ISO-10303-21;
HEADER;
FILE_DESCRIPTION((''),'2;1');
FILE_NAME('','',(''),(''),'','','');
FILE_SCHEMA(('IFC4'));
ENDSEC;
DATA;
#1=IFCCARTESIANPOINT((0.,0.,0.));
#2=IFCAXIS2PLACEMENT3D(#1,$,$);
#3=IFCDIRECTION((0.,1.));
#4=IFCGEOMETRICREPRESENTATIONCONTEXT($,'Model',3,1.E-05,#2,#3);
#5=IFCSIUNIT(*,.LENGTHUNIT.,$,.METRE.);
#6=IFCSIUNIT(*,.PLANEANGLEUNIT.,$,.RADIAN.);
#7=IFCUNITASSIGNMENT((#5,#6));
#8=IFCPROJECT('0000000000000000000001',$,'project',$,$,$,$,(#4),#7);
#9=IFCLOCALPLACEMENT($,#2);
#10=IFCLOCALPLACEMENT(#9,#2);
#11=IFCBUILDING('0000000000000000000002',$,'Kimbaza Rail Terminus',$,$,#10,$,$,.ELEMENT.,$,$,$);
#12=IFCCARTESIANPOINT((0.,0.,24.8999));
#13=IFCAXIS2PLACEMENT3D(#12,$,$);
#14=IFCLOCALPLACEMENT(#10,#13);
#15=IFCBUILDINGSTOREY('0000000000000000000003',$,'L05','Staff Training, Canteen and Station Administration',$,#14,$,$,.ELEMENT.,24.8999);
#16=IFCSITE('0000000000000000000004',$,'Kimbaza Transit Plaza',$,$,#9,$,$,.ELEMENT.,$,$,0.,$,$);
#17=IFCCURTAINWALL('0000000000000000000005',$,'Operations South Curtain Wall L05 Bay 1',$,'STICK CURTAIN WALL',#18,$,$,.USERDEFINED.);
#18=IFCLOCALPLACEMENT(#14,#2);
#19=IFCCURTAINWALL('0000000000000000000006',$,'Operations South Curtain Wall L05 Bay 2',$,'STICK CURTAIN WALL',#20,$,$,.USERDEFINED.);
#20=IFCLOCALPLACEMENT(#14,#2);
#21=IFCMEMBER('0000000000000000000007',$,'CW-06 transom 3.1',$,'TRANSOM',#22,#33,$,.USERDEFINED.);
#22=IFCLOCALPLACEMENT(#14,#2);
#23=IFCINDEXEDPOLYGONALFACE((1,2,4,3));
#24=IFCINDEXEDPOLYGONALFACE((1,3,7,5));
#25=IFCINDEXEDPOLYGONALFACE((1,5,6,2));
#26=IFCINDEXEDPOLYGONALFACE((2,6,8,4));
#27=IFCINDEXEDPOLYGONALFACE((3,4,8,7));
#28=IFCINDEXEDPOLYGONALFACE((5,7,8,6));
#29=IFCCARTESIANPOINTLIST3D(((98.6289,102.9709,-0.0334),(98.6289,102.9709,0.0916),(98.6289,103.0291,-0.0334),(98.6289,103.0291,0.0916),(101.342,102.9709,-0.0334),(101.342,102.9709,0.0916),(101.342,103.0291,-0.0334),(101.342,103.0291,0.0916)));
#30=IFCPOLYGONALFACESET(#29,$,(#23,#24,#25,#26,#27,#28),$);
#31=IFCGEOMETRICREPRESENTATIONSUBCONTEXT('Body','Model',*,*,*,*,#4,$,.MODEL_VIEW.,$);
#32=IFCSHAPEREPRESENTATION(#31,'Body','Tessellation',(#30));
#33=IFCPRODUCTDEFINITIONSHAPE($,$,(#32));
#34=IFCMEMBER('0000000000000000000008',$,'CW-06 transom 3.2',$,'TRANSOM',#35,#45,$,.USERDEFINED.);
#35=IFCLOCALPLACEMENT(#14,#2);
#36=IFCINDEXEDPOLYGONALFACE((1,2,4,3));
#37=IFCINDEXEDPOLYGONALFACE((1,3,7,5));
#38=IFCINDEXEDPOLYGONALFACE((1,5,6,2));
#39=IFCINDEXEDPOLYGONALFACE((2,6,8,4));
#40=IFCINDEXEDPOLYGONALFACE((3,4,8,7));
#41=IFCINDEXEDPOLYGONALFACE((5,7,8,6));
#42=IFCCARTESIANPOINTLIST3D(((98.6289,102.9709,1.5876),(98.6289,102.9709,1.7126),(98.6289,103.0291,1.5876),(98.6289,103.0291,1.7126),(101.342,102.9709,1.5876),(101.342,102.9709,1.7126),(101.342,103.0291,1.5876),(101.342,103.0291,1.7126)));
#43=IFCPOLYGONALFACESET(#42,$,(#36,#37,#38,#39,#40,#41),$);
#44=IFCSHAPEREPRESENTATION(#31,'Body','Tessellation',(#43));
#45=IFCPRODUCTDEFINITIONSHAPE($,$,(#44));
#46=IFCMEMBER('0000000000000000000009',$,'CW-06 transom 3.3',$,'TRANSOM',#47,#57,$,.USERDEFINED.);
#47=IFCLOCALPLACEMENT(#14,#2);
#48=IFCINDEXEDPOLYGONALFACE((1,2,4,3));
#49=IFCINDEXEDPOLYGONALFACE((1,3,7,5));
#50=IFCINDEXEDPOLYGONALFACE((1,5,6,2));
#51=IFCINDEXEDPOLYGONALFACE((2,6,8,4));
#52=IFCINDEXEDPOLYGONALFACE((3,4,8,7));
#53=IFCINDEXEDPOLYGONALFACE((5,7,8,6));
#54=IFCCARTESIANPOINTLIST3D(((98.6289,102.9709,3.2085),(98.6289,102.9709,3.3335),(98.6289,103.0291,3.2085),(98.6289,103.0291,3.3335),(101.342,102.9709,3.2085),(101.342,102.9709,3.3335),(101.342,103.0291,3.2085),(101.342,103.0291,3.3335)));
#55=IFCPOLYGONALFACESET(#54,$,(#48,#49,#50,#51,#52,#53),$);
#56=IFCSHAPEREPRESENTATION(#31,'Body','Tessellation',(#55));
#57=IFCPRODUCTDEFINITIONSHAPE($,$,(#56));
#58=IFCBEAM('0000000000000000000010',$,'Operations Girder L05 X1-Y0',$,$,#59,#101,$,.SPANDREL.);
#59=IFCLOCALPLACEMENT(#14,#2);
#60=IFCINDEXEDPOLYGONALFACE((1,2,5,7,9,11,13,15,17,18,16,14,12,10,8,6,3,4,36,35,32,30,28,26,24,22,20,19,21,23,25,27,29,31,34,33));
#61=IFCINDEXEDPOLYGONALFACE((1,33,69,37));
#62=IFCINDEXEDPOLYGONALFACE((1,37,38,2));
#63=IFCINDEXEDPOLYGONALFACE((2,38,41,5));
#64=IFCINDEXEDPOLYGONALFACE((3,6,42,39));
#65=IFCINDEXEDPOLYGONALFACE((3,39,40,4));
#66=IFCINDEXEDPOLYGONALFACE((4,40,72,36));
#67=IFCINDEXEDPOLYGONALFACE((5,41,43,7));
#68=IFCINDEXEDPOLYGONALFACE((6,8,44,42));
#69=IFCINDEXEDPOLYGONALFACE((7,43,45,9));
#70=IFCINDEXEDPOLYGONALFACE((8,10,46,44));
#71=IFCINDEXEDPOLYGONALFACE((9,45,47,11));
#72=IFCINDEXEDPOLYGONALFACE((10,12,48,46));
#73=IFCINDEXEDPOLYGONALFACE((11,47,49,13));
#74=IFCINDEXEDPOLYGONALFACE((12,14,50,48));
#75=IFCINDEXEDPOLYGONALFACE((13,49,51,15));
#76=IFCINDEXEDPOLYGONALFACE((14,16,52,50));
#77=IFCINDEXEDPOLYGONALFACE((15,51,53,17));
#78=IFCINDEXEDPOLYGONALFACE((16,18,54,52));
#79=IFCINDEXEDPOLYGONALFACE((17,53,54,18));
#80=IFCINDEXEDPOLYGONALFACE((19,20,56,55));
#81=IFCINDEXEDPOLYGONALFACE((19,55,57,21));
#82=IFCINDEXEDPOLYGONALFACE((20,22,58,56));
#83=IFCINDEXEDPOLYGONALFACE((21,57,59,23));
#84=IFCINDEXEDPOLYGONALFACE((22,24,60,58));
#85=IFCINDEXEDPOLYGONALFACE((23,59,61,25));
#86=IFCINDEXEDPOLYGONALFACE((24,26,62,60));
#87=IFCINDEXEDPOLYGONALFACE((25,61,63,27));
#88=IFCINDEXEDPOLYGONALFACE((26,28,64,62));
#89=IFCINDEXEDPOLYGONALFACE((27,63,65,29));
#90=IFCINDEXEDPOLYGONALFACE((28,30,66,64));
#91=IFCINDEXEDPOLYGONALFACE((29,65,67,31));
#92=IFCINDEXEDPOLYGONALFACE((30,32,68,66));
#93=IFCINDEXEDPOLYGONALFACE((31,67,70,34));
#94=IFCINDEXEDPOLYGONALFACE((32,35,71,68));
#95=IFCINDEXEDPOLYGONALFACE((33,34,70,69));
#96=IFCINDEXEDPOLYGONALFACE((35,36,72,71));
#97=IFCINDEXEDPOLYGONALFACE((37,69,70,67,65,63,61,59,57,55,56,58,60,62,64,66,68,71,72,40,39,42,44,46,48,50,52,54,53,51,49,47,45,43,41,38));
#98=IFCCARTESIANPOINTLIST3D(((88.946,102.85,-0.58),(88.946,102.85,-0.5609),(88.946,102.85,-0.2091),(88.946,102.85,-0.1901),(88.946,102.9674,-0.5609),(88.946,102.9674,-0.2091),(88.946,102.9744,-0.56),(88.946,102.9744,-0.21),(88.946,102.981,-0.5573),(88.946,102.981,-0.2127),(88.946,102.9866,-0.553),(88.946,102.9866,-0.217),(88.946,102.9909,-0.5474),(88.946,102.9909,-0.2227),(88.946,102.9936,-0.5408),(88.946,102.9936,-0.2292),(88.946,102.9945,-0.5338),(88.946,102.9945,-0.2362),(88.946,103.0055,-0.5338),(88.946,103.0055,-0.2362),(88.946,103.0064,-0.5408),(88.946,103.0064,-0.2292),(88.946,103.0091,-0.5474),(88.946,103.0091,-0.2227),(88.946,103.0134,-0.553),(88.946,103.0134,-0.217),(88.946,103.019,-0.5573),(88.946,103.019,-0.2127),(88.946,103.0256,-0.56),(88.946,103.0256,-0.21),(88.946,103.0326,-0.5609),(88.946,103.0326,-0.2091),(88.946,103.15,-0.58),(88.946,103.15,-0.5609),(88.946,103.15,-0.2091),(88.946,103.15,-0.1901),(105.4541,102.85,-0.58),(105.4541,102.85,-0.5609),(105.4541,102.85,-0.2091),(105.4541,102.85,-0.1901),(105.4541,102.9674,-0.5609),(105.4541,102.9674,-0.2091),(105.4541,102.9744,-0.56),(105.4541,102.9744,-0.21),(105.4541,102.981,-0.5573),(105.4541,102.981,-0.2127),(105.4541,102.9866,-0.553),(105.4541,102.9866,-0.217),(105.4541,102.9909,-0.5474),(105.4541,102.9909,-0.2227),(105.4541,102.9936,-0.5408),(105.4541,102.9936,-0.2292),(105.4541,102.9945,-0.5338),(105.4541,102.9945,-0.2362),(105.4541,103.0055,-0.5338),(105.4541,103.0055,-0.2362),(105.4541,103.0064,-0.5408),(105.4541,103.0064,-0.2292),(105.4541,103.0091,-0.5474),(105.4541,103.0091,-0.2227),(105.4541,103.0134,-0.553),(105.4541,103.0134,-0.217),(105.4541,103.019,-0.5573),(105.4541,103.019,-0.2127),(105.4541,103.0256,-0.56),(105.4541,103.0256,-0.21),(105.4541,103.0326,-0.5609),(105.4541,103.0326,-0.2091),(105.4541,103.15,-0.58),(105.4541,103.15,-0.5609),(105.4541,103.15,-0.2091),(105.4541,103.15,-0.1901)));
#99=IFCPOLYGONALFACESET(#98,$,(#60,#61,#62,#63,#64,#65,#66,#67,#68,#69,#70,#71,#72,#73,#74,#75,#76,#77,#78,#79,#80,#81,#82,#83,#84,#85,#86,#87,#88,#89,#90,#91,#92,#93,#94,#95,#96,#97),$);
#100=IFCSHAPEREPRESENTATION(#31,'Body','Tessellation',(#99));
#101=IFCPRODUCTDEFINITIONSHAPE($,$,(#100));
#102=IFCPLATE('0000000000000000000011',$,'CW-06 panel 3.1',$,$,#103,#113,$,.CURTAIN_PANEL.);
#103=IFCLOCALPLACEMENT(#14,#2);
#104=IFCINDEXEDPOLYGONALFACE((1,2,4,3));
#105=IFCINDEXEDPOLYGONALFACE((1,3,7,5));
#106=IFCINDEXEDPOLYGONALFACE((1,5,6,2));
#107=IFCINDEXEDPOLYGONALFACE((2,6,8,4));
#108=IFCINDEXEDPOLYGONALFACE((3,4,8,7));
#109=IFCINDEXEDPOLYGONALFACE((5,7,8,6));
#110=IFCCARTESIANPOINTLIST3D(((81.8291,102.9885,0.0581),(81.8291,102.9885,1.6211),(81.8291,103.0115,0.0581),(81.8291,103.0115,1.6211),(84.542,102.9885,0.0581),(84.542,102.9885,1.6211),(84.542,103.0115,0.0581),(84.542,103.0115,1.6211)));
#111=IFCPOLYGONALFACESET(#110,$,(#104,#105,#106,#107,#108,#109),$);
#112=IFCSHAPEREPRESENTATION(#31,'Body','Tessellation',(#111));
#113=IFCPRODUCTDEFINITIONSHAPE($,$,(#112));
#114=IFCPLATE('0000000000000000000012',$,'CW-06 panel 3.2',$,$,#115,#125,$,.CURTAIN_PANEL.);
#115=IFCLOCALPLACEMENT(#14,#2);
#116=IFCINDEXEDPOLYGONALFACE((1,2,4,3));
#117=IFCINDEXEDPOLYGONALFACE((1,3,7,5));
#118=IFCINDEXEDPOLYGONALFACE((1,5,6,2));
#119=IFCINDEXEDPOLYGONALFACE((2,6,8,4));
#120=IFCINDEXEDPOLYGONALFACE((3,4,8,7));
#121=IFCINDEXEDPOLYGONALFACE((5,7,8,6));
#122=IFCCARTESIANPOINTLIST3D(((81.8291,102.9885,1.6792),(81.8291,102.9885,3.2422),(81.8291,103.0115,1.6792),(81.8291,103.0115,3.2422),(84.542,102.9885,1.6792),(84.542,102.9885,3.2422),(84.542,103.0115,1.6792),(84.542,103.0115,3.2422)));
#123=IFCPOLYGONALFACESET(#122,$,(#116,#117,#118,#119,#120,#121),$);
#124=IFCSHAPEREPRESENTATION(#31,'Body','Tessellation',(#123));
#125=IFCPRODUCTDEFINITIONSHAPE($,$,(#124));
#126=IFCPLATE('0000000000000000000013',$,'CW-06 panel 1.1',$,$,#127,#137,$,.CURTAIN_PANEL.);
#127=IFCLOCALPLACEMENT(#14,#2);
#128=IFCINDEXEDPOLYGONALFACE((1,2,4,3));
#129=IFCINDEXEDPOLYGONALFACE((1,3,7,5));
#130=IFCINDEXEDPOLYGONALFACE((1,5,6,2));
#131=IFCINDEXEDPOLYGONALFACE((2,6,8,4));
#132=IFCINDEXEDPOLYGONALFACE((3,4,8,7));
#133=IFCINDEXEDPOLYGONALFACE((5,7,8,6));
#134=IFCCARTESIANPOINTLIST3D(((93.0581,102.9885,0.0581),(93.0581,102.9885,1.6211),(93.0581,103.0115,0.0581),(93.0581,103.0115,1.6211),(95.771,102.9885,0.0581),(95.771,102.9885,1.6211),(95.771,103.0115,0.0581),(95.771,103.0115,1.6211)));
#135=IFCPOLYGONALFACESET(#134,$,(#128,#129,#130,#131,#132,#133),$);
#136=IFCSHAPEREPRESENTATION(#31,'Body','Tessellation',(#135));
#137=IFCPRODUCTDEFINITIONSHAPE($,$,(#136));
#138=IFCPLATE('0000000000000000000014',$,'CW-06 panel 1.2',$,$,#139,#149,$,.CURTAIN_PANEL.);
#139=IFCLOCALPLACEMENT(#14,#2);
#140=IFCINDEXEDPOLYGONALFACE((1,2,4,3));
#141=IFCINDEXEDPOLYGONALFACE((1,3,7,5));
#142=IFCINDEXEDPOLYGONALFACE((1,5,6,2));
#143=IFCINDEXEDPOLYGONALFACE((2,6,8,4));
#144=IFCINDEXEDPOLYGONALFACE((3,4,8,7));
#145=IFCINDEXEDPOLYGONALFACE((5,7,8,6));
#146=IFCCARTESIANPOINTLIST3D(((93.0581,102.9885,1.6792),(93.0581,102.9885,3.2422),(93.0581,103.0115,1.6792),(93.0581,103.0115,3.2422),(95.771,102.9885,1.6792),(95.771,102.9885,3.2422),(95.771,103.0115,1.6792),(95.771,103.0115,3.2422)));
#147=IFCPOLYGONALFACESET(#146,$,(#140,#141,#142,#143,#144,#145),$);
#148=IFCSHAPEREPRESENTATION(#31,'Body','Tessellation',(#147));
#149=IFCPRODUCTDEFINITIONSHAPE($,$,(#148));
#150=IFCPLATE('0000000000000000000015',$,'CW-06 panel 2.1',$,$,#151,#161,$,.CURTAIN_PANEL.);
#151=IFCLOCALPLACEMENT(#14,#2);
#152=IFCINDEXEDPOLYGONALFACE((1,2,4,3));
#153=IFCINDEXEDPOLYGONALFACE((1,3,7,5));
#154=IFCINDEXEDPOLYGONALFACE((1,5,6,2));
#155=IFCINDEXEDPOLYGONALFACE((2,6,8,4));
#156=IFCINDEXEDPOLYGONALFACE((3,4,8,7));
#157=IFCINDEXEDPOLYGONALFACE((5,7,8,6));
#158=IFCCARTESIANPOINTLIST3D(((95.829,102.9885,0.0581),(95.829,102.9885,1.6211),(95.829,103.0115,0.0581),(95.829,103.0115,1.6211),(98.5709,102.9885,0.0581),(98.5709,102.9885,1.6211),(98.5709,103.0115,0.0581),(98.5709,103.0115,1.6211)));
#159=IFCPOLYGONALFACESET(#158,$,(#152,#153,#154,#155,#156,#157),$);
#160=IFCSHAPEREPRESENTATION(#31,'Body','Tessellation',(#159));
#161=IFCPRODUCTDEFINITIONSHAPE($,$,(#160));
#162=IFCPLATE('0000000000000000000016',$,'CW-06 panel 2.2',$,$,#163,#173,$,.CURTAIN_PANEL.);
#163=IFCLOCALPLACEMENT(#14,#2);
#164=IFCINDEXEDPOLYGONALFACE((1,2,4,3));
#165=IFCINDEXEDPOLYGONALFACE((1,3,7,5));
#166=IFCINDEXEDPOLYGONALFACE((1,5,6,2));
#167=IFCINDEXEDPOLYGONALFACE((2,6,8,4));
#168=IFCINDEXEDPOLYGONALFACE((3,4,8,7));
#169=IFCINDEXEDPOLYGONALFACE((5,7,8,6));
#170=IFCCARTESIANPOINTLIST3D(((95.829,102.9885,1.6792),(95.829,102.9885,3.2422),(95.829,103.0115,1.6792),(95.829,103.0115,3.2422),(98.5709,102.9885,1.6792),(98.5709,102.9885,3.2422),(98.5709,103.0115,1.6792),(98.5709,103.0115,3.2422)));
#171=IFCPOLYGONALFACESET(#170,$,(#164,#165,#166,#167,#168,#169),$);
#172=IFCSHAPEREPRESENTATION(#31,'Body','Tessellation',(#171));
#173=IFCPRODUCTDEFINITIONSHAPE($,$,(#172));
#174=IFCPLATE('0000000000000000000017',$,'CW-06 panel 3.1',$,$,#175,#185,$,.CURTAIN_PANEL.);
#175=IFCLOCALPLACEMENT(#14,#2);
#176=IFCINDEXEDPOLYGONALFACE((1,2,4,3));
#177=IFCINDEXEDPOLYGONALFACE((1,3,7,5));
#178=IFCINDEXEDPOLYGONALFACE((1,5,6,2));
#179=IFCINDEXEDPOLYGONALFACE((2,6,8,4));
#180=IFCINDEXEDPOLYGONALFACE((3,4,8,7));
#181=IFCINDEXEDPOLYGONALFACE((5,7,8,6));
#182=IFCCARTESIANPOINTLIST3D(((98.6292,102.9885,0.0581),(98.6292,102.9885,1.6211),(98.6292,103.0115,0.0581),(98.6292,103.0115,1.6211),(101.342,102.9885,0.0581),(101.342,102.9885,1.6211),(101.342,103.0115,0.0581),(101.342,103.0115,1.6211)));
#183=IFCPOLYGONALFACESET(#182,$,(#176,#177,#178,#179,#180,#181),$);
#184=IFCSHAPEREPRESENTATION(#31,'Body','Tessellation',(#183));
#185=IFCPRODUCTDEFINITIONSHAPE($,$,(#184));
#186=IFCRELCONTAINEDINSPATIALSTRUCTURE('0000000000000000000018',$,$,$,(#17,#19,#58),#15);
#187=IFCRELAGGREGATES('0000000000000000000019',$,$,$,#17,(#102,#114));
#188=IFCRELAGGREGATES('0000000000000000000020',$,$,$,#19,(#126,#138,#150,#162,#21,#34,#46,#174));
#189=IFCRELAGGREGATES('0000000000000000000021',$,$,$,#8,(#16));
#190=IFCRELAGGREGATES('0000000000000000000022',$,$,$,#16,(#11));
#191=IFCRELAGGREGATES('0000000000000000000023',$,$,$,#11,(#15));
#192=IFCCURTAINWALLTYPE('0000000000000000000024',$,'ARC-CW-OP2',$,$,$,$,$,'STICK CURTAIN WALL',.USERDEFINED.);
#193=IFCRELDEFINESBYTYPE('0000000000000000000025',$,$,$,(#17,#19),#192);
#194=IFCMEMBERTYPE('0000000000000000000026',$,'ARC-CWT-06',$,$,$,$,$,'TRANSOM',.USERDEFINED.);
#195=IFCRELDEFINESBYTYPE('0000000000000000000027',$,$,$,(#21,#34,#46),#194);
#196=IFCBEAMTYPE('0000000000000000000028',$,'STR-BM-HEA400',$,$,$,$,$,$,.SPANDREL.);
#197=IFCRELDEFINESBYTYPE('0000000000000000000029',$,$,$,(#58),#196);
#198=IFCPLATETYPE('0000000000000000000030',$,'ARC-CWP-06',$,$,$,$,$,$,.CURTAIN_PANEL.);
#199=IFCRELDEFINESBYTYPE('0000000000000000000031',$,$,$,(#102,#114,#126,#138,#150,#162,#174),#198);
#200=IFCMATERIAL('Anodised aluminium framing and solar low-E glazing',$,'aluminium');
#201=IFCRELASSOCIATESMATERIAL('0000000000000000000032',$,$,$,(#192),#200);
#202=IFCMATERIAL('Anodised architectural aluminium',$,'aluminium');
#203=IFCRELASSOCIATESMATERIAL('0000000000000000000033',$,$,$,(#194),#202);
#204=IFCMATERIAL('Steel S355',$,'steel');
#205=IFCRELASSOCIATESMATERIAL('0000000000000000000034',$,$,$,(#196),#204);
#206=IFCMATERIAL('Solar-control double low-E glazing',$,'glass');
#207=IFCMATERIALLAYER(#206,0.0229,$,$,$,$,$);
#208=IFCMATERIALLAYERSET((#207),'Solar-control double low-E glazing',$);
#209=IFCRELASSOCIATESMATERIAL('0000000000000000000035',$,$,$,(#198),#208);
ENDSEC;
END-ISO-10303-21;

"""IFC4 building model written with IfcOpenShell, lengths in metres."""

from ifc_helpers import new_model, si_unit, direction, frame, origin, origin_2d, place, context, subcontext, project, spatial, rectangle, i_section, extrude, material, layer, layer_set, material_profile, profile_set, type_object, element, aggregate, save


model = new_model("IFC4")

# Units and contexts
model_context = context("Model", 3, precision=1e-05, world=origin(), true_north=direction((0.0, 1.0)))
body_context = subcontext(model_context, "Body", "Model", "MODEL_VIEW")
ifc_project = project(units=[si_unit("LENGTHUNIT", "METRE"), si_unit("PLANEANGLEUNIT", "RADIAN")], contexts=[model_context])

# Site, building, storey
site_placement = place(None, origin())
site = spatial("IfcSite", under=ifc_project, at=site_placement, Name="Kimbaza Transit Plaza", CompositionType="ELEMENT", RefElevation=0.0)
building_placement = place(site_placement, origin())
building = spatial("IfcBuilding", under=site, at=building_placement, Name="Kimbaza Rail Terminus", CompositionType="ELEMENT")
storey_placement = place(building_placement, frame((0.0, 0.0, 24.8999)))
storey = spatial("IfcBuildingStorey", under=building, at=storey_placement, Name="L05", Description="Staff Training, Canteen and Station Administration", CompositionType="ELEMENT", Elevation=24.8999)

# Curtain wall
ifc_material_1 = material(Name="Anodised aluminium framing and solar low-E glazing", Category="aluminium")
curtain_wall_type = type_object("IfcCurtainWallType", Name="ARC-CW-OP2", ElementType="STICK CURTAIN WALL", PredefinedType="USERDEFINED", material=ifc_material_1)
curtain_wall_1_placement = place(storey_placement, origin())
curtain_wall_1 = element("IfcCurtainWall", 1, at=curtain_wall_1_placement, inside=storey, type_object=curtain_wall_type, Name="Operations South Curtain Wall L05 Bay 1", ObjectType="STICK CURTAIN WALL", PredefinedType="USERDEFINED")

# Curtain wall
curtain_wall_2_placement = place(storey_placement, origin())
curtain_wall_2 = element("IfcCurtainWall", 2, at=curtain_wall_2_placement, inside=storey, type_object=curtain_wall_type, Name="Operations South Curtain Wall L05 Bay 2", ObjectType="STICK CURTAIN WALL", PredefinedType="USERDEFINED")

# Members
ifc_material_2 = material(Name="Anodised architectural aluminium", Category="aluminium")
ifc_material_profile_1 = material_profile(ifc_material_2, rectangle(XDim=0.0581, YDim=0.125, at=origin_2d()), Name="TRANSOM 58x125")
ifc_profile_set_1 = profile_set([ifc_material_profile_1], Name="Anodised architectural aluminium")
member_type_1 = type_object("IfcMemberType", Name="ARC-CWT-06", ElementType="TRANSOM", PredefinedType="USERDEFINED", material=ifc_profile_set_1)
member_1_placement = place(storey_placement, frame((98.6289, 103.0, 0.0291), z_axis=(1.0, 0.0, 0.0), x_axis=(0.0, 1.0, 0.0)))
member_1 = element("IfcMember", 3, at=member_1_placement, type_object=member_type_1, Name="CW-06 transom 3.1", ObjectType="TRANSOM", PredefinedType="USERDEFINED", context=body_context, shape_type="SweptSolid", body=[
    extrude(rectangle(XDim=0.0581, YDim=0.125, at=origin_2d()), origin(), (0.0, 0.0, 1.0), 2.7131),
])
member_2_placement = place(storey_placement, frame((98.6289, 103.0, 1.6501), z_axis=(1.0, 0.0, 0.0), x_axis=(0.0, 1.0, 0.0)))
member_2 = element("IfcMember", 4, at=member_2_placement, type_object=member_type_1, Name="CW-06 transom 3.2", ObjectType="TRANSOM", PredefinedType="USERDEFINED", context=body_context, shape_type="SweptSolid", body=[
    extrude(rectangle(XDim=0.0581, YDim=0.125, at=origin_2d()), origin(), (0.0, 0.0, 1.0), 2.7131),
])
member_3_placement = place(storey_placement, frame((98.6289, 103.0, 3.271), z_axis=(1.0, 0.0, 0.0), x_axis=(0.0, 1.0, 0.0)))
member_3 = element("IfcMember", 5, at=member_3_placement, type_object=member_type_1, Name="CW-06 transom 3.3", ObjectType="TRANSOM", PredefinedType="USERDEFINED", context=body_context, shape_type="SweptSolid", body=[
    extrude(rectangle(XDim=0.0581, YDim=0.125, at=origin_2d()), origin(), (0.0, 0.0, 1.0), 2.7131),
])

# Beam
ifc_material_3 = material(Name="Steel S355", Category="steel")
ifc_material_profile_2 = material_profile(ifc_material_3, i_section(OverallWidth=0.3, OverallDepth=0.3899, WebThickness=0.011, FlangeThickness=0.019, FilletRadius=0.0271, at=origin_2d()), Name="HEA 400")
ifc_profile_set_2 = profile_set([ifc_material_profile_2], Name="Steel S355")
beam_type = type_object("IfcBeamType", Name="STR-BM-HEA400", PredefinedType="SPANDREL", material=ifc_profile_set_2)
beam_placement = place(storey_placement, frame((88.946, 103.0, -0.385), z_axis=(1.0, 0.0, 0.0), x_axis=(0.0, 1.0, 0.0)))
element("IfcBeam", 6, at=beam_placement, inside=storey, type_object=beam_type, Name="Operations Girder L05 X1-Y0", PredefinedType="SPANDREL", context=body_context, shape_type="SweptSolid", body=[
    extrude(i_section(OverallWidth=0.3, OverallDepth=0.3899, WebThickness=0.011, FlangeThickness=0.019, FilletRadius=0.0271, at=origin_2d()), origin(), (0.0, 0.0, 1.0), 16.5081),
])

# Plates
ifc_material_4 = material(Name="Solar-control double low-E glazing", Category="glass")
ifc_layer_1 = layer(ifc_material_4, 0.0229)
ifc_layer_set_1 = layer_set([ifc_layer_1], Name="Solar-control double low-E glazing")
plate_type = type_object("IfcPlateType", Name="ARC-CWP-06", PredefinedType="CURTAIN_PANEL", material=ifc_layer_set_1)
plate_1_placement = place(storey_placement, frame((83.1855, 103.0, 0.0581), z_axis=(0.0, 0.0, 1.0), x_axis=(1.0, 0.0, 0.0)))
plate_1 = element("IfcPlate", 7, at=plate_1_placement, type_object=plate_type, Name="CW-06 panel 3.1", PredefinedType="CURTAIN_PANEL", context=body_context, shape_type="SweptSolid", body=[
    extrude(rectangle(XDim=2.7129, YDim=0.0229, at=origin_2d()), origin(), (0.0, 0.0, 1.0), 1.563),
])
plate_2_placement = place(storey_placement, frame((83.1855, 103.0, 1.6792), z_axis=(0.0, 0.0, 1.0), x_axis=(1.0, 0.0, 0.0)))
plate_2 = element("IfcPlate", 8, at=plate_2_placement, type_object=plate_type, Name="CW-06 panel 3.2", PredefinedType="CURTAIN_PANEL", context=body_context, shape_type="SweptSolid", body=[
    extrude(rectangle(XDim=2.7129, YDim=0.0229, at=origin_2d()), origin(), (0.0, 0.0, 1.0), 1.563),
])
aggregate(curtain_wall_1, [plate_1, plate_2])
plate_3_placement = place(storey_placement, frame((94.4146, 103.0, 0.0581), z_axis=(0.0, 0.0, 1.0), x_axis=(1.0, 0.0, 0.0)))
plate_3 = element("IfcPlate", 9, at=plate_3_placement, type_object=plate_type, Name="CW-06 panel 1.1", PredefinedType="CURTAIN_PANEL", context=body_context, shape_type="SweptSolid", body=[
    extrude(rectangle(XDim=2.7129, YDim=0.0229, at=origin_2d()), origin(), (0.0, 0.0, 1.0), 1.563),
])
plate_4_placement = place(storey_placement, frame((94.4146, 103.0, 1.6792), z_axis=(0.0, 0.0, 1.0), x_axis=(1.0, 0.0, 0.0)))
plate_4 = element("IfcPlate", 10, at=plate_4_placement, type_object=plate_type, Name="CW-06 panel 1.2", PredefinedType="CURTAIN_PANEL", context=body_context, shape_type="SweptSolid", body=[
    extrude(rectangle(XDim=2.7129, YDim=0.0229, at=origin_2d()), origin(), (0.0, 0.0, 1.0), 1.563),
])
plate_5_placement = place(storey_placement, frame((97.2, 103.0, 0.0581), z_axis=(0.0, 0.0, 1.0), x_axis=(1.0, 0.0, 0.0)))
plate_5 = element("IfcPlate", 11, at=plate_5_placement, type_object=plate_type, Name="CW-06 panel 2.1", PredefinedType="CURTAIN_PANEL", context=body_context, shape_type="SweptSolid", body=[
    extrude(rectangle(XDim=2.7419, YDim=0.0229, at=origin_2d()), origin(), (0.0, 0.0, 1.0), 1.563),
])
plate_6_placement = place(storey_placement, frame((97.2, 103.0, 1.6792), z_axis=(0.0, 0.0, 1.0), x_axis=(1.0, 0.0, 0.0)))
plate_6 = element("IfcPlate", 12, at=plate_6_placement, type_object=plate_type, Name="CW-06 panel 2.2", PredefinedType="CURTAIN_PANEL", context=body_context, shape_type="SweptSolid", body=[
    extrude(rectangle(XDim=2.7419, YDim=0.0229, at=origin_2d()), origin(), (0.0, 0.0, 1.0), 1.563),
])
plate_7_placement = place(storey_placement, frame((99.9856, 103.0, 0.0581), z_axis=(0.0, 0.0, 1.0), x_axis=(1.0, 0.0, 0.0)))
plate_7 = element("IfcPlate", 13, at=plate_7_placement, type_object=plate_type, Name="CW-06 panel 3.1", PredefinedType="CURTAIN_PANEL", context=body_context, shape_type="SweptSolid", body=[
    extrude(rectangle(XDim=2.7129, YDim=0.0229, at=origin_2d()), origin(), (0.0, 0.0, 1.0), 1.563),
])
aggregate(curtain_wall_2, [plate_3, plate_4, plate_5, plate_6, member_1, member_2, member_3, plate_7])

save(model, "model.ifc")
